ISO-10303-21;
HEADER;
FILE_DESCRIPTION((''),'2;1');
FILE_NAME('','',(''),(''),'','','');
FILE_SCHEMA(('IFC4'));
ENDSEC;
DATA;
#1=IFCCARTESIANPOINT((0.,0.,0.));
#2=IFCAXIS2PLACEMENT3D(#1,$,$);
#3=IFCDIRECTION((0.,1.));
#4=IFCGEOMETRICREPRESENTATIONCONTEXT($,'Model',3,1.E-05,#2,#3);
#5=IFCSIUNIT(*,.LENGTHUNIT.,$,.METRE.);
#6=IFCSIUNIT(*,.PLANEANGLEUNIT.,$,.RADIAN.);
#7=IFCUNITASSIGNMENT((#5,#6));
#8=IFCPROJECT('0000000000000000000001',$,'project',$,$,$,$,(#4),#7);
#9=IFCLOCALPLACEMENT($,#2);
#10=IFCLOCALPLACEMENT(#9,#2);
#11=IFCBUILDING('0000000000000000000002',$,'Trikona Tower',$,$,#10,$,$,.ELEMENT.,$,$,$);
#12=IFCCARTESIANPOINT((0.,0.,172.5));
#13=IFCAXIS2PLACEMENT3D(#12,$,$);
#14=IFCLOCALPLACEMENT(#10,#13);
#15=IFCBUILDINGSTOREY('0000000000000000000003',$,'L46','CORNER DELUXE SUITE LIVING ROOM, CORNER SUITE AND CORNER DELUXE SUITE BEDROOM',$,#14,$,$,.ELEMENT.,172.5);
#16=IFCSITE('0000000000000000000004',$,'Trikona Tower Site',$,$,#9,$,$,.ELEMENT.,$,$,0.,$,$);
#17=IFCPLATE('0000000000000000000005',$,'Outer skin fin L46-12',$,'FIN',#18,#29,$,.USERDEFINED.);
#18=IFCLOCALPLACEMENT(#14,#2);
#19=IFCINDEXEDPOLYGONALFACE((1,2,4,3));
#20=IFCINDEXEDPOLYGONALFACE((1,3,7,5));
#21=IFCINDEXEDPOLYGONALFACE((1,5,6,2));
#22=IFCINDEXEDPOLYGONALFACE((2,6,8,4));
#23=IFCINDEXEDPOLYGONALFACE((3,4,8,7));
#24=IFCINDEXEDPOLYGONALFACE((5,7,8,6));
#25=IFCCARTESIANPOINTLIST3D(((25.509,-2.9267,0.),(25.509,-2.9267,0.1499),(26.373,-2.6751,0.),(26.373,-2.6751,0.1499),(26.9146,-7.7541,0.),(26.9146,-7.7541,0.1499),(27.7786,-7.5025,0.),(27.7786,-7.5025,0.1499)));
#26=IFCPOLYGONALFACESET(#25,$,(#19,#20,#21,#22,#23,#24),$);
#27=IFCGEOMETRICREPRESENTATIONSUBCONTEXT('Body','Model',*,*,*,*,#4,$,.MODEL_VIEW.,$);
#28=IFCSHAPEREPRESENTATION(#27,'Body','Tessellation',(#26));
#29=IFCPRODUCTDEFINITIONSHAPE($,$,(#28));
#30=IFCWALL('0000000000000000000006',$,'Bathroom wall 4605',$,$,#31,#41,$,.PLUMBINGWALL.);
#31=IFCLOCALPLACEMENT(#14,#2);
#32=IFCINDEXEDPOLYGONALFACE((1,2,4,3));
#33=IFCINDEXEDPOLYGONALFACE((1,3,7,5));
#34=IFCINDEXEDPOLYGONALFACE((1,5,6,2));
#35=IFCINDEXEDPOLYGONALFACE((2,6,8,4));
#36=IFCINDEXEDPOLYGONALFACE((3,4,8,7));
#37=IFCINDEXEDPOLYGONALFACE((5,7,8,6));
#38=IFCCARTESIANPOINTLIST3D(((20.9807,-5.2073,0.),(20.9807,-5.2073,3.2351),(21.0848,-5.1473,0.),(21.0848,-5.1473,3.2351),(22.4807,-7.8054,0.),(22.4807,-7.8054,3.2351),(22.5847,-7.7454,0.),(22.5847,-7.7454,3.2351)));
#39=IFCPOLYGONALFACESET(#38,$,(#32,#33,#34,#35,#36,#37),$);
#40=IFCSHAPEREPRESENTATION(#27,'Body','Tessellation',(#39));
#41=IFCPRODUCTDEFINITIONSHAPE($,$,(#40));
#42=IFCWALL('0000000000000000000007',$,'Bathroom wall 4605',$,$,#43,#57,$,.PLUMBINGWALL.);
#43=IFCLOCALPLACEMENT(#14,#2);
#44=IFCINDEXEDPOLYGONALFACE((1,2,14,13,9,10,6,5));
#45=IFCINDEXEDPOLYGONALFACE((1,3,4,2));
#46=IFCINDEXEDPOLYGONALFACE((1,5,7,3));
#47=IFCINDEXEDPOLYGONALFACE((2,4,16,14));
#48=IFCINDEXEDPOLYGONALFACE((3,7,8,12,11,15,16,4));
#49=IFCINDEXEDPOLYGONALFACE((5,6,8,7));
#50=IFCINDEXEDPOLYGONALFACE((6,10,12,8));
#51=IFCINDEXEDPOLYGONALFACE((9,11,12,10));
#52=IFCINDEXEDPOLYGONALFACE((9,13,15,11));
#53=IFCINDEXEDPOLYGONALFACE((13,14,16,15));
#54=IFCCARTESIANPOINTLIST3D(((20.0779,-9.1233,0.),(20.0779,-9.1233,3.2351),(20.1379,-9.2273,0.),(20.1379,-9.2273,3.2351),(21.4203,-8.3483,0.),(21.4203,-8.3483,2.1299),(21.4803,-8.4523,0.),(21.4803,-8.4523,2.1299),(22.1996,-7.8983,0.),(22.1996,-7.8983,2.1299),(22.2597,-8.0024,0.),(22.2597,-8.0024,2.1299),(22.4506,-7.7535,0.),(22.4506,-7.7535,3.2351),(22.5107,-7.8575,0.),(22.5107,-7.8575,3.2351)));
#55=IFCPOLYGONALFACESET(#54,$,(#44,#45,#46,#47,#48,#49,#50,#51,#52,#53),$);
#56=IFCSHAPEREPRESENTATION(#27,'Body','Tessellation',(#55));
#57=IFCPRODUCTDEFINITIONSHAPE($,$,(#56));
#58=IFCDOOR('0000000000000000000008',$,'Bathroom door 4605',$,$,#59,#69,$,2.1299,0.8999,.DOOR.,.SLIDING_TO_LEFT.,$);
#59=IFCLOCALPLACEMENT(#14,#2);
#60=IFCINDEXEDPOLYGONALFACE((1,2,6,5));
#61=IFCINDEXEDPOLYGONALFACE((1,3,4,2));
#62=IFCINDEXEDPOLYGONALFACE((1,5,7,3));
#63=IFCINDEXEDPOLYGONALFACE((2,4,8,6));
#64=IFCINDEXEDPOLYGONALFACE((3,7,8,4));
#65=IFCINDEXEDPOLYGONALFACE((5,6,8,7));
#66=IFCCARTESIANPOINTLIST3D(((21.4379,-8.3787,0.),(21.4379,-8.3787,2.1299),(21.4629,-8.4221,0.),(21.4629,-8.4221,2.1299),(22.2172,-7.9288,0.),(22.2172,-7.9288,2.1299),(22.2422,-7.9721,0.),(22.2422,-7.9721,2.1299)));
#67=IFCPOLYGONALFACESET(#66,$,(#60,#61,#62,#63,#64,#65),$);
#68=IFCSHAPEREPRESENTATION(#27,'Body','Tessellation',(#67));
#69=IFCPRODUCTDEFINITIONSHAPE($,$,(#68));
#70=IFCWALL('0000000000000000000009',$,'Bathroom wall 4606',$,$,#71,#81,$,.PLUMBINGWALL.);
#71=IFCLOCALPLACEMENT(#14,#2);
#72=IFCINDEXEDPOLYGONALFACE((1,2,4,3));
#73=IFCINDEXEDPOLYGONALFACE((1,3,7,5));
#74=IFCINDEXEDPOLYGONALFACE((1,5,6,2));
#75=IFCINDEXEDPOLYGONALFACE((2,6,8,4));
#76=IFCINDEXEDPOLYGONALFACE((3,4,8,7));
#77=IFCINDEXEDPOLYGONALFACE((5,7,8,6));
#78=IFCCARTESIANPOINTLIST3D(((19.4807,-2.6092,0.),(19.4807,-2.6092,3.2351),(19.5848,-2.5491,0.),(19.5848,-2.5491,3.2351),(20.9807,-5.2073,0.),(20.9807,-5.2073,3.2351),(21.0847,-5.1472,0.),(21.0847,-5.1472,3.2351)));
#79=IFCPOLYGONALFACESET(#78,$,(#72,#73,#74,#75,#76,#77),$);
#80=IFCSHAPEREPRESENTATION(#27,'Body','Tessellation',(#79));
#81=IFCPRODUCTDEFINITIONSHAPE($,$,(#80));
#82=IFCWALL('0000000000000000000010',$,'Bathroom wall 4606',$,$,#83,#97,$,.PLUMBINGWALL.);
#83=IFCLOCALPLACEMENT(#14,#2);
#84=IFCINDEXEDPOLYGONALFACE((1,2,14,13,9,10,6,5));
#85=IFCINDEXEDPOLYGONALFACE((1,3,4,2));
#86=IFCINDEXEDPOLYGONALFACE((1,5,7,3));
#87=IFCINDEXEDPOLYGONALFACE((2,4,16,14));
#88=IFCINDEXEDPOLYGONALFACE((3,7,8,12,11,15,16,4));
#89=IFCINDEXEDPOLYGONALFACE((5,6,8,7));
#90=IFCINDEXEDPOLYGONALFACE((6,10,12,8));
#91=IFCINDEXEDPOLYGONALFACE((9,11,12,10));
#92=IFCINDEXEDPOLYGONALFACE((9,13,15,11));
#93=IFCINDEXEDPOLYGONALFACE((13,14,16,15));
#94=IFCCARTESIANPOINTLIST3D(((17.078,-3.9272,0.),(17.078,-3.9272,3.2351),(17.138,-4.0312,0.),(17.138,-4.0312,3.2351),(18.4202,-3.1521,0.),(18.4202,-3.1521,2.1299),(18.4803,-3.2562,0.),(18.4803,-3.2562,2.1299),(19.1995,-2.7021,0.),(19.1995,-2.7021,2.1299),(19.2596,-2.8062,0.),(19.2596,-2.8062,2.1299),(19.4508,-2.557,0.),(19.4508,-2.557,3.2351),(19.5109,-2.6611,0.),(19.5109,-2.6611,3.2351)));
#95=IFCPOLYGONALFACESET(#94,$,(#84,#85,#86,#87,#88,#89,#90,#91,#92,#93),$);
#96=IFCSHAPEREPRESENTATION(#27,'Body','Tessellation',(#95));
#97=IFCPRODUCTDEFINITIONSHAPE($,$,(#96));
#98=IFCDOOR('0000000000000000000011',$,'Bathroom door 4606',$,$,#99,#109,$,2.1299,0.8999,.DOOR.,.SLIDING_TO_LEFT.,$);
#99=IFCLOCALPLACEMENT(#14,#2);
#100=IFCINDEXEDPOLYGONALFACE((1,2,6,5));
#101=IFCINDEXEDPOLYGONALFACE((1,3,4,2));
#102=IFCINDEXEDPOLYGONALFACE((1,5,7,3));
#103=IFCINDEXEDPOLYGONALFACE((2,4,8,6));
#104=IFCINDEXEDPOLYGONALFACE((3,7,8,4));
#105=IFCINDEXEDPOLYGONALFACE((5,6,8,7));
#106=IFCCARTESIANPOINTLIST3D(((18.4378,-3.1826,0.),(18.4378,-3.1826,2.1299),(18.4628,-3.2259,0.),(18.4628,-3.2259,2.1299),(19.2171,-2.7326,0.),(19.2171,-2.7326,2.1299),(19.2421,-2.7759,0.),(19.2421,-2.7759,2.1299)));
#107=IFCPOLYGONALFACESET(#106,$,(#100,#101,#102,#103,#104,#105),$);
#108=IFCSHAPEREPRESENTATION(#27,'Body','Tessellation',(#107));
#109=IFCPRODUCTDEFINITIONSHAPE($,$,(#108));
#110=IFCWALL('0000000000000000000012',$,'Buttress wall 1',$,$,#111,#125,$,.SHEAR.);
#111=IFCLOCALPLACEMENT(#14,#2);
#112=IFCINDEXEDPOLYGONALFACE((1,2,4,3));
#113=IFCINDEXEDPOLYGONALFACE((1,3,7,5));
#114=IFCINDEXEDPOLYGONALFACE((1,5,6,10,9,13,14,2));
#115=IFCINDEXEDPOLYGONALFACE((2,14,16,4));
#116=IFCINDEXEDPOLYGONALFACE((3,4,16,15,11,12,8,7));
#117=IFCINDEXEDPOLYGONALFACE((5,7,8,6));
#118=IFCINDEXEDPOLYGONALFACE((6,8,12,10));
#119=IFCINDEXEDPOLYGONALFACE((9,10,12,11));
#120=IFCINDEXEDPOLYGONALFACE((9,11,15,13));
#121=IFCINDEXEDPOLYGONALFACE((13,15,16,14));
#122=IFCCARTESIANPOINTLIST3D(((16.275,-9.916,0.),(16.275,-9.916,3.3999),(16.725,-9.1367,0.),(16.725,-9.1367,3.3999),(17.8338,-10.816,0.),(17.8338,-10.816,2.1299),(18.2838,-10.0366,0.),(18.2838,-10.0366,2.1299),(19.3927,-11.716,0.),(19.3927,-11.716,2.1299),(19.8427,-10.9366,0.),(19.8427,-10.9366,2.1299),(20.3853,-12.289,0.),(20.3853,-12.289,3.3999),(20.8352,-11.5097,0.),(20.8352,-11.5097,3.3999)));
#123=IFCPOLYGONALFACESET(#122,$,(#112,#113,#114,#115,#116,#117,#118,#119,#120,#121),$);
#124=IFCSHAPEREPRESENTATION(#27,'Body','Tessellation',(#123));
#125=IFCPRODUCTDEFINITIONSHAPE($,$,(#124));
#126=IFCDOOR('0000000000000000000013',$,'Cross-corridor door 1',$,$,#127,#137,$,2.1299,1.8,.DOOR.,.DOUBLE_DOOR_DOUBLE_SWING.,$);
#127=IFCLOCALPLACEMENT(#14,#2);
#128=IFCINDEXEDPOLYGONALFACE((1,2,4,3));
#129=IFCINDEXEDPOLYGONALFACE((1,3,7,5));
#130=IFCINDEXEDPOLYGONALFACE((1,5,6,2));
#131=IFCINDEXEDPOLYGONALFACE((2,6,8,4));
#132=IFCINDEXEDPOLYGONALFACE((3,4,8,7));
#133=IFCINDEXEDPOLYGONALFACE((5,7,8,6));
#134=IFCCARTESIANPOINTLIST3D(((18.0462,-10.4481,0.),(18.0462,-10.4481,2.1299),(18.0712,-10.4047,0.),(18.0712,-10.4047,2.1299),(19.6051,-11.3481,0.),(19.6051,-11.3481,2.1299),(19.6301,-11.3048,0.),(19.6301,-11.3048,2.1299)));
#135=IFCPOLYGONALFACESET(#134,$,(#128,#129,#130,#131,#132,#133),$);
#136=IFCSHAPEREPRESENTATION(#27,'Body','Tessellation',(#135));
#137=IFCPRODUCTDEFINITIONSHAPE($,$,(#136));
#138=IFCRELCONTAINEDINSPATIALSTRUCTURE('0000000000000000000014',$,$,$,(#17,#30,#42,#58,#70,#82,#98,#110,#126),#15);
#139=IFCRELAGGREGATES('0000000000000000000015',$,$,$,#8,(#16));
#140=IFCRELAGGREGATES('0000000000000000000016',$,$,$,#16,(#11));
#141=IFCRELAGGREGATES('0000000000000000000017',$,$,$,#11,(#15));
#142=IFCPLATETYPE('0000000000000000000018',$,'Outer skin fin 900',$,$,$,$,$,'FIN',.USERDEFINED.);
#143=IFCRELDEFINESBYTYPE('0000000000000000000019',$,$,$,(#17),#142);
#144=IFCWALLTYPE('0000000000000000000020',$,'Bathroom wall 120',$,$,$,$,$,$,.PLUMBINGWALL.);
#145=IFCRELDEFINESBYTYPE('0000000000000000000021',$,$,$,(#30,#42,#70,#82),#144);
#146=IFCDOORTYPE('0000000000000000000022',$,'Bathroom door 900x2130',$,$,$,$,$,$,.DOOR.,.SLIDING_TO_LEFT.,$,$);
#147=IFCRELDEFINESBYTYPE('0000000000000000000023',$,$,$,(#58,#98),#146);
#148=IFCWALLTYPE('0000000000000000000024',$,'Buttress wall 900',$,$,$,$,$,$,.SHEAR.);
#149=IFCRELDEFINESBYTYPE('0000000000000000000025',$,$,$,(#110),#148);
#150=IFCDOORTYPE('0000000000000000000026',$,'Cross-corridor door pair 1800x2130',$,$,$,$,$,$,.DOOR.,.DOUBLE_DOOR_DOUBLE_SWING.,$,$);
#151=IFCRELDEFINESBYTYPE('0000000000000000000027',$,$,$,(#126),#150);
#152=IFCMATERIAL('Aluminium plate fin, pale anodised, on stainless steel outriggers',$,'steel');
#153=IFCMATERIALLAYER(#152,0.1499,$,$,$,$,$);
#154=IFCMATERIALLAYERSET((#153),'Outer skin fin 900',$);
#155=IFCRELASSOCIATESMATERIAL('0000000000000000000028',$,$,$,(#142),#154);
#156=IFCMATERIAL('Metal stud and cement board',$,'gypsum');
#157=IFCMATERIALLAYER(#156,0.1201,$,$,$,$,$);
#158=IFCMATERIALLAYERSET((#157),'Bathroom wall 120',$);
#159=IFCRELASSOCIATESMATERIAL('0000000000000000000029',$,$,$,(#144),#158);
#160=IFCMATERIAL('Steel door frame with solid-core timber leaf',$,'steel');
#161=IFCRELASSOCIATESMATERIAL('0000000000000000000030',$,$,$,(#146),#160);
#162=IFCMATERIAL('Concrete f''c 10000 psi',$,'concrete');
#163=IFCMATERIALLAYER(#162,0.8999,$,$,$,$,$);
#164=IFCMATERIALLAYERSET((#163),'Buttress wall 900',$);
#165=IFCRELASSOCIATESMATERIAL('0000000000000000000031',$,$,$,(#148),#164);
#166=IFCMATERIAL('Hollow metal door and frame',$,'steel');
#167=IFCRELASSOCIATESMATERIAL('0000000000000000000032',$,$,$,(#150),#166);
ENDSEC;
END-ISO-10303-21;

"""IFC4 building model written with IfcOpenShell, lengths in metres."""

from ifc_helpers import new_model, si_unit, direction, frame, frame_2d, origin, origin_2d, place, context, subcontext, project, spatial, rectangle, extrude, material, layer, layer_set, type_object, element, fill, save


model = new_model("IFC4")

# Units and contexts
model_context = context("Model", 3, precision=1e-05, world=origin(), true_north=direction((0.0, 1.0)))
body_context = subcontext(model_context, "Body", "Model", "MODEL_VIEW")
ifc_project = project(units=[si_unit("LENGTHUNIT", "METRE"), si_unit("PLANEANGLEUNIT", "RADIAN")], contexts=[model_context])

# Site, building, storey
site_placement = place(None, origin())
site = spatial("IfcSite", under=ifc_project, at=site_placement, Name="Trikona Tower Site", CompositionType="ELEMENT", RefElevation=0.0)
building_placement = place(site_placement, origin())
building = spatial("IfcBuilding", under=site, at=building_placement, Name="Trikona Tower", CompositionType="ELEMENT")
storey_placement = place(building_placement, frame((0.0, 0.0, 172.5)))
storey = spatial("IfcBuildingStorey", under=building, at=storey_placement, Name="L46", Description="CORNER DELUXE SUITE LIVING ROOM, CORNER SUITE AND CORNER DELUXE SUITE BEDROOM", CompositionType="ELEMENT", Elevation=172.5)

# Plate
ifc_material_1 = material(Name="Aluminium plate fin, pale anodised, on stainless steel outriggers", Category="steel")
ifc_layer_1 = layer(ifc_material_1, 0.1499)
ifc_layer_set_1 = layer_set([ifc_layer_1], Name="Outer skin fin 900")
plate_type_1 = type_object("IfcPlateType", Name="Outer skin fin 900", ElementType="FIN", PredefinedType="USERDEFINED", material=ifc_layer_set_1)
plate_1_placement = place(storey_placement, frame((26.6438, -5.2146, 0.0), z_axis=(0.0, 0.0, 1.0), x_axis=(-0.279554, 0.96013, 0.0)))
element("IfcPlate", 1, at=plate_1_placement, inside=storey, type_object=plate_type_1, Name="Outer skin fin L46-12", ObjectType="FIN", PredefinedType="USERDEFINED", context=body_context, shape_type="SweptSolid", body=[
    extrude(rectangle(XDim=5.0278, YDim=0.8999, at=origin_2d()), origin(), (0.0, 0.0, 1.0), 0.1499),
])

# Wall
ifc_material_2 = material(Name="Metal stud and cement board", Category="gypsum")
ifc_layer_2 = layer(ifc_material_2, 0.1201)
ifc_layer_set_2 = layer_set([ifc_layer_2], Name="Bathroom wall 120")
wall_type_1 = type_object("IfcWallType", Name="Bathroom wall 120", PredefinedType="PLUMBINGWALL", material=ifc_layer_set_2)
wall_1_placement = place(storey_placement, frame((22.5327, -7.7754, 0.0), z_axis=(0.0, 0.0, 1.0), x_axis=(-0.49999, 0.866031, 0.0)))
element("IfcWall", 2, at=wall_1_placement, inside=storey, type_object=wall_type_1, Name="Bathroom wall 4605", PredefinedType="PLUMBINGWALL", context=body_context, shape_type="SweptSolid", body=[
    extrude(rectangle(XDim=3.0, YDim=0.1201, at=frame_2d((1.5, 0.0))), origin(), (0.0, 0.0, 1.0), 3.2351),
])

# Wall, opening, door
wall_2_placement = place(storey_placement, frame((20.1079, -9.1753, 0.0), z_axis=(0.0, 0.0, 1.0), x_axis=(0.866036, 0.499982, 0.0)))
wall_2 = element("IfcWall", 3, at=wall_2_placement, inside=storey, type_object=wall_type_1, Name="Bathroom wall 4605", PredefinedType="PLUMBINGWALL", context=body_context, shape_type="SweptSolid", body=[
    extrude(rectangle(XDim=2.7397, YDim=0.1201, at=frame_2d((1.3699, 0.0))), origin(), (0.0, 0.0, 1.0), 3.2351),
])
opening_1_placement = place(wall_2_placement, frame((1.55, 0.0, 0.0)))
opening_1 = element("IfcOpeningElement", 4, at=opening_1_placement, cuts=wall_2, PredefinedType="OPENING", context=body_context, shape_type="SweptSolid", body=[
    extrude(rectangle(XDim=0.8999, YDim=2.1299, at=frame_2d((0.45, 1.0649))), frame((0.0, 0.0701, 0.0), z_axis=(0.0, -1.0, 0.0), x_axis=(1.0, 0.0, 0.0)), (0.0, 0.0, 1.0), 0.1401),
])
ifc_material_3 = material(Name="Steel door frame with solid-core timber leaf", Category="steel")
door_type_1 = type_object("IfcDoorType", Name="Bathroom door 900x2130", OperationType="SLIDING_TO_LEFT", PredefinedType="DOOR", material=ifc_material_3)
door_1_placement = place(opening_1_placement, origin())
door_1 = element("IfcDoor", 5, at=door_1_placement, inside=storey, type_object=door_type_1, Name="Bathroom door 4605", OperationType="SLIDING_TO_LEFT", OverallHeight=2.1299, OverallWidth=0.8999, PredefinedType="DOOR", context=body_context, shape_type="SweptSolid", body=[
    extrude(rectangle(XDim=0.8999, YDim=2.1299, at=frame_2d((0.45, 1.0649))), frame((0.0, 0.0249, 0.0), z_axis=(0.0, -1.0, 0.0), x_axis=(1.0, 0.0, 0.0)), (0.0, 0.0, 1.0), 0.05),
])
fill(opening_1, door_1)

# Wall
wall_3_placement = place(storey_placement, frame((21.0327, -5.1772, 0.0), z_axis=(0.0, 0.0, 1.0), x_axis=(-0.49999, 0.866031, 0.0)))
element("IfcWall", 6, at=wall_3_placement, inside=storey, type_object=wall_type_1, Name="Bathroom wall 4606", PredefinedType="PLUMBINGWALL", context=body_context, shape_type="SweptSolid", body=[
    extrude(rectangle(XDim=3.0, YDim=0.1201, at=frame_2d((1.5, 0.0))), origin(), (0.0, 0.0, 1.0), 3.2351),
])

# Walls, openings, doors
wall_4_placement = place(storey_placement, frame((17.1079, -3.9792, 0.0), z_axis=(0.0, 0.0, 1.0), x_axis=(0.865997, 0.500049, 0.0)))
wall_4 = element("IfcWall", 7, at=wall_4_placement, inside=storey, type_object=wall_type_1, Name="Bathroom wall 4606", PredefinedType="PLUMBINGWALL", context=body_context, shape_type="SweptSolid", body=[
    extrude(rectangle(XDim=2.74, YDim=0.1201, at=frame_2d((1.3701, 0.0))), origin(), (0.0, 0.0, 1.0), 3.2351),
])
opening_2_placement = place(wall_4_placement, frame((1.55, 0.0, 0.0)))
opening_2 = element("IfcOpeningElement", 8, at=opening_2_placement, cuts=wall_4, PredefinedType="OPENING", context=body_context, shape_type="SweptSolid", body=[
    extrude(rectangle(XDim=0.8999, YDim=2.1299, at=frame_2d((0.45, 1.0649))), frame((0.0, 0.0701, 0.0), z_axis=(0.0, -1.0, 0.0), x_axis=(1.0, 0.0, 0.0)), (0.0, 0.0, 1.0), 0.1401),
])
door_2_placement = place(opening_2_placement, origin())
door_2 = element("IfcDoor", 9, at=door_2_placement, inside=storey, type_object=door_type_1, Name="Bathroom door 4606", OperationType="SLIDING_TO_LEFT", OverallHeight=2.1299, OverallWidth=0.8999, PredefinedType="DOOR", context=body_context, shape_type="SweptSolid", body=[
    extrude(rectangle(XDim=0.8999, YDim=2.1299, at=frame_2d((0.45, 1.0649))), frame((0.0, 0.0249, 0.0), z_axis=(0.0, -1.0, 0.0), x_axis=(1.0, 0.0, 0.0)), (0.0, 0.0, 1.0), 0.05),
])
fill(opening_2, door_2)
ifc_material_4 = material(Name="Concrete f'c 10000 psi", Category="concrete")
ifc_layer_3 = layer(ifc_material_4, 0.8999)
ifc_layer_set_3 = layer_set([ifc_layer_3], Name="Buttress wall 900")
wall_type_2 = type_object("IfcWallType", Name="Buttress wall 900", PredefinedType="SHEAR", material=ifc_layer_set_3)
wall_5_placement = place(storey_placement, frame((16.5, -9.5264, 0.0), z_axis=(0.0, 0.0, 1.0), x_axis=(0.866031, -0.49999, 0.0)))
wall_5 = element("IfcWall", 10, at=wall_5_placement, inside=storey, type_object=wall_type_2, Name="Buttress wall 1", PredefinedType="SHEAR", context=body_context, shape_type="SweptSolid", body=[
    extrude(rectangle(XDim=4.7461, YDim=0.8999, at=frame_2d((2.373, 0.0))), origin(), (0.0, 0.0, 1.0), 3.3999),
])
opening_3_placement = place(wall_5_placement, frame((1.8, 0.0, 0.0)))
opening_3 = element("IfcOpeningElement", 11, at=opening_3_placement, cuts=wall_5, PredefinedType="OPENING", context=body_context, shape_type="SweptSolid", body=[
    extrude(rectangle(XDim=1.8, YDim=2.1299, at=frame_2d((0.8999, 1.0649))), frame((0.0, 0.46, 0.0), z_axis=(0.0, -1.0, 0.0), x_axis=(1.0, 0.0, 0.0)), (0.0, 0.0, 1.0), 0.9199),
])
ifc_material_5 = material(Name="Hollow metal door and frame", Category="steel")
door_type_2 = type_object("IfcDoorType", Name="Cross-corridor door pair 1800x2130", OperationType="DOUBLE_DOOR_DOUBLE_SWING", PredefinedType="DOOR", material=ifc_material_5)
door_3_placement = place(opening_3_placement, origin())
door_3 = element("IfcDoor", 12, at=door_3_placement, inside=storey, type_object=door_type_2, Name="Cross-corridor door 1", OperationType="DOUBLE_DOOR_DOUBLE_SWING", OverallHeight=2.1299, OverallWidth=1.8, PredefinedType="DOOR", context=body_context, shape_type="SweptSolid", body=[
    extrude(rectangle(XDim=1.8, YDim=2.1299, at=frame_2d((0.8999, 1.0649))), frame((0.0, 0.0249, 0.0), z_axis=(0.0, -1.0, 0.0), x_axis=(1.0, 0.0, 0.0)), (0.0, 0.0, 1.0), 0.05),
])
fill(opening_3, door_3)

save(model, "model.ifc")
